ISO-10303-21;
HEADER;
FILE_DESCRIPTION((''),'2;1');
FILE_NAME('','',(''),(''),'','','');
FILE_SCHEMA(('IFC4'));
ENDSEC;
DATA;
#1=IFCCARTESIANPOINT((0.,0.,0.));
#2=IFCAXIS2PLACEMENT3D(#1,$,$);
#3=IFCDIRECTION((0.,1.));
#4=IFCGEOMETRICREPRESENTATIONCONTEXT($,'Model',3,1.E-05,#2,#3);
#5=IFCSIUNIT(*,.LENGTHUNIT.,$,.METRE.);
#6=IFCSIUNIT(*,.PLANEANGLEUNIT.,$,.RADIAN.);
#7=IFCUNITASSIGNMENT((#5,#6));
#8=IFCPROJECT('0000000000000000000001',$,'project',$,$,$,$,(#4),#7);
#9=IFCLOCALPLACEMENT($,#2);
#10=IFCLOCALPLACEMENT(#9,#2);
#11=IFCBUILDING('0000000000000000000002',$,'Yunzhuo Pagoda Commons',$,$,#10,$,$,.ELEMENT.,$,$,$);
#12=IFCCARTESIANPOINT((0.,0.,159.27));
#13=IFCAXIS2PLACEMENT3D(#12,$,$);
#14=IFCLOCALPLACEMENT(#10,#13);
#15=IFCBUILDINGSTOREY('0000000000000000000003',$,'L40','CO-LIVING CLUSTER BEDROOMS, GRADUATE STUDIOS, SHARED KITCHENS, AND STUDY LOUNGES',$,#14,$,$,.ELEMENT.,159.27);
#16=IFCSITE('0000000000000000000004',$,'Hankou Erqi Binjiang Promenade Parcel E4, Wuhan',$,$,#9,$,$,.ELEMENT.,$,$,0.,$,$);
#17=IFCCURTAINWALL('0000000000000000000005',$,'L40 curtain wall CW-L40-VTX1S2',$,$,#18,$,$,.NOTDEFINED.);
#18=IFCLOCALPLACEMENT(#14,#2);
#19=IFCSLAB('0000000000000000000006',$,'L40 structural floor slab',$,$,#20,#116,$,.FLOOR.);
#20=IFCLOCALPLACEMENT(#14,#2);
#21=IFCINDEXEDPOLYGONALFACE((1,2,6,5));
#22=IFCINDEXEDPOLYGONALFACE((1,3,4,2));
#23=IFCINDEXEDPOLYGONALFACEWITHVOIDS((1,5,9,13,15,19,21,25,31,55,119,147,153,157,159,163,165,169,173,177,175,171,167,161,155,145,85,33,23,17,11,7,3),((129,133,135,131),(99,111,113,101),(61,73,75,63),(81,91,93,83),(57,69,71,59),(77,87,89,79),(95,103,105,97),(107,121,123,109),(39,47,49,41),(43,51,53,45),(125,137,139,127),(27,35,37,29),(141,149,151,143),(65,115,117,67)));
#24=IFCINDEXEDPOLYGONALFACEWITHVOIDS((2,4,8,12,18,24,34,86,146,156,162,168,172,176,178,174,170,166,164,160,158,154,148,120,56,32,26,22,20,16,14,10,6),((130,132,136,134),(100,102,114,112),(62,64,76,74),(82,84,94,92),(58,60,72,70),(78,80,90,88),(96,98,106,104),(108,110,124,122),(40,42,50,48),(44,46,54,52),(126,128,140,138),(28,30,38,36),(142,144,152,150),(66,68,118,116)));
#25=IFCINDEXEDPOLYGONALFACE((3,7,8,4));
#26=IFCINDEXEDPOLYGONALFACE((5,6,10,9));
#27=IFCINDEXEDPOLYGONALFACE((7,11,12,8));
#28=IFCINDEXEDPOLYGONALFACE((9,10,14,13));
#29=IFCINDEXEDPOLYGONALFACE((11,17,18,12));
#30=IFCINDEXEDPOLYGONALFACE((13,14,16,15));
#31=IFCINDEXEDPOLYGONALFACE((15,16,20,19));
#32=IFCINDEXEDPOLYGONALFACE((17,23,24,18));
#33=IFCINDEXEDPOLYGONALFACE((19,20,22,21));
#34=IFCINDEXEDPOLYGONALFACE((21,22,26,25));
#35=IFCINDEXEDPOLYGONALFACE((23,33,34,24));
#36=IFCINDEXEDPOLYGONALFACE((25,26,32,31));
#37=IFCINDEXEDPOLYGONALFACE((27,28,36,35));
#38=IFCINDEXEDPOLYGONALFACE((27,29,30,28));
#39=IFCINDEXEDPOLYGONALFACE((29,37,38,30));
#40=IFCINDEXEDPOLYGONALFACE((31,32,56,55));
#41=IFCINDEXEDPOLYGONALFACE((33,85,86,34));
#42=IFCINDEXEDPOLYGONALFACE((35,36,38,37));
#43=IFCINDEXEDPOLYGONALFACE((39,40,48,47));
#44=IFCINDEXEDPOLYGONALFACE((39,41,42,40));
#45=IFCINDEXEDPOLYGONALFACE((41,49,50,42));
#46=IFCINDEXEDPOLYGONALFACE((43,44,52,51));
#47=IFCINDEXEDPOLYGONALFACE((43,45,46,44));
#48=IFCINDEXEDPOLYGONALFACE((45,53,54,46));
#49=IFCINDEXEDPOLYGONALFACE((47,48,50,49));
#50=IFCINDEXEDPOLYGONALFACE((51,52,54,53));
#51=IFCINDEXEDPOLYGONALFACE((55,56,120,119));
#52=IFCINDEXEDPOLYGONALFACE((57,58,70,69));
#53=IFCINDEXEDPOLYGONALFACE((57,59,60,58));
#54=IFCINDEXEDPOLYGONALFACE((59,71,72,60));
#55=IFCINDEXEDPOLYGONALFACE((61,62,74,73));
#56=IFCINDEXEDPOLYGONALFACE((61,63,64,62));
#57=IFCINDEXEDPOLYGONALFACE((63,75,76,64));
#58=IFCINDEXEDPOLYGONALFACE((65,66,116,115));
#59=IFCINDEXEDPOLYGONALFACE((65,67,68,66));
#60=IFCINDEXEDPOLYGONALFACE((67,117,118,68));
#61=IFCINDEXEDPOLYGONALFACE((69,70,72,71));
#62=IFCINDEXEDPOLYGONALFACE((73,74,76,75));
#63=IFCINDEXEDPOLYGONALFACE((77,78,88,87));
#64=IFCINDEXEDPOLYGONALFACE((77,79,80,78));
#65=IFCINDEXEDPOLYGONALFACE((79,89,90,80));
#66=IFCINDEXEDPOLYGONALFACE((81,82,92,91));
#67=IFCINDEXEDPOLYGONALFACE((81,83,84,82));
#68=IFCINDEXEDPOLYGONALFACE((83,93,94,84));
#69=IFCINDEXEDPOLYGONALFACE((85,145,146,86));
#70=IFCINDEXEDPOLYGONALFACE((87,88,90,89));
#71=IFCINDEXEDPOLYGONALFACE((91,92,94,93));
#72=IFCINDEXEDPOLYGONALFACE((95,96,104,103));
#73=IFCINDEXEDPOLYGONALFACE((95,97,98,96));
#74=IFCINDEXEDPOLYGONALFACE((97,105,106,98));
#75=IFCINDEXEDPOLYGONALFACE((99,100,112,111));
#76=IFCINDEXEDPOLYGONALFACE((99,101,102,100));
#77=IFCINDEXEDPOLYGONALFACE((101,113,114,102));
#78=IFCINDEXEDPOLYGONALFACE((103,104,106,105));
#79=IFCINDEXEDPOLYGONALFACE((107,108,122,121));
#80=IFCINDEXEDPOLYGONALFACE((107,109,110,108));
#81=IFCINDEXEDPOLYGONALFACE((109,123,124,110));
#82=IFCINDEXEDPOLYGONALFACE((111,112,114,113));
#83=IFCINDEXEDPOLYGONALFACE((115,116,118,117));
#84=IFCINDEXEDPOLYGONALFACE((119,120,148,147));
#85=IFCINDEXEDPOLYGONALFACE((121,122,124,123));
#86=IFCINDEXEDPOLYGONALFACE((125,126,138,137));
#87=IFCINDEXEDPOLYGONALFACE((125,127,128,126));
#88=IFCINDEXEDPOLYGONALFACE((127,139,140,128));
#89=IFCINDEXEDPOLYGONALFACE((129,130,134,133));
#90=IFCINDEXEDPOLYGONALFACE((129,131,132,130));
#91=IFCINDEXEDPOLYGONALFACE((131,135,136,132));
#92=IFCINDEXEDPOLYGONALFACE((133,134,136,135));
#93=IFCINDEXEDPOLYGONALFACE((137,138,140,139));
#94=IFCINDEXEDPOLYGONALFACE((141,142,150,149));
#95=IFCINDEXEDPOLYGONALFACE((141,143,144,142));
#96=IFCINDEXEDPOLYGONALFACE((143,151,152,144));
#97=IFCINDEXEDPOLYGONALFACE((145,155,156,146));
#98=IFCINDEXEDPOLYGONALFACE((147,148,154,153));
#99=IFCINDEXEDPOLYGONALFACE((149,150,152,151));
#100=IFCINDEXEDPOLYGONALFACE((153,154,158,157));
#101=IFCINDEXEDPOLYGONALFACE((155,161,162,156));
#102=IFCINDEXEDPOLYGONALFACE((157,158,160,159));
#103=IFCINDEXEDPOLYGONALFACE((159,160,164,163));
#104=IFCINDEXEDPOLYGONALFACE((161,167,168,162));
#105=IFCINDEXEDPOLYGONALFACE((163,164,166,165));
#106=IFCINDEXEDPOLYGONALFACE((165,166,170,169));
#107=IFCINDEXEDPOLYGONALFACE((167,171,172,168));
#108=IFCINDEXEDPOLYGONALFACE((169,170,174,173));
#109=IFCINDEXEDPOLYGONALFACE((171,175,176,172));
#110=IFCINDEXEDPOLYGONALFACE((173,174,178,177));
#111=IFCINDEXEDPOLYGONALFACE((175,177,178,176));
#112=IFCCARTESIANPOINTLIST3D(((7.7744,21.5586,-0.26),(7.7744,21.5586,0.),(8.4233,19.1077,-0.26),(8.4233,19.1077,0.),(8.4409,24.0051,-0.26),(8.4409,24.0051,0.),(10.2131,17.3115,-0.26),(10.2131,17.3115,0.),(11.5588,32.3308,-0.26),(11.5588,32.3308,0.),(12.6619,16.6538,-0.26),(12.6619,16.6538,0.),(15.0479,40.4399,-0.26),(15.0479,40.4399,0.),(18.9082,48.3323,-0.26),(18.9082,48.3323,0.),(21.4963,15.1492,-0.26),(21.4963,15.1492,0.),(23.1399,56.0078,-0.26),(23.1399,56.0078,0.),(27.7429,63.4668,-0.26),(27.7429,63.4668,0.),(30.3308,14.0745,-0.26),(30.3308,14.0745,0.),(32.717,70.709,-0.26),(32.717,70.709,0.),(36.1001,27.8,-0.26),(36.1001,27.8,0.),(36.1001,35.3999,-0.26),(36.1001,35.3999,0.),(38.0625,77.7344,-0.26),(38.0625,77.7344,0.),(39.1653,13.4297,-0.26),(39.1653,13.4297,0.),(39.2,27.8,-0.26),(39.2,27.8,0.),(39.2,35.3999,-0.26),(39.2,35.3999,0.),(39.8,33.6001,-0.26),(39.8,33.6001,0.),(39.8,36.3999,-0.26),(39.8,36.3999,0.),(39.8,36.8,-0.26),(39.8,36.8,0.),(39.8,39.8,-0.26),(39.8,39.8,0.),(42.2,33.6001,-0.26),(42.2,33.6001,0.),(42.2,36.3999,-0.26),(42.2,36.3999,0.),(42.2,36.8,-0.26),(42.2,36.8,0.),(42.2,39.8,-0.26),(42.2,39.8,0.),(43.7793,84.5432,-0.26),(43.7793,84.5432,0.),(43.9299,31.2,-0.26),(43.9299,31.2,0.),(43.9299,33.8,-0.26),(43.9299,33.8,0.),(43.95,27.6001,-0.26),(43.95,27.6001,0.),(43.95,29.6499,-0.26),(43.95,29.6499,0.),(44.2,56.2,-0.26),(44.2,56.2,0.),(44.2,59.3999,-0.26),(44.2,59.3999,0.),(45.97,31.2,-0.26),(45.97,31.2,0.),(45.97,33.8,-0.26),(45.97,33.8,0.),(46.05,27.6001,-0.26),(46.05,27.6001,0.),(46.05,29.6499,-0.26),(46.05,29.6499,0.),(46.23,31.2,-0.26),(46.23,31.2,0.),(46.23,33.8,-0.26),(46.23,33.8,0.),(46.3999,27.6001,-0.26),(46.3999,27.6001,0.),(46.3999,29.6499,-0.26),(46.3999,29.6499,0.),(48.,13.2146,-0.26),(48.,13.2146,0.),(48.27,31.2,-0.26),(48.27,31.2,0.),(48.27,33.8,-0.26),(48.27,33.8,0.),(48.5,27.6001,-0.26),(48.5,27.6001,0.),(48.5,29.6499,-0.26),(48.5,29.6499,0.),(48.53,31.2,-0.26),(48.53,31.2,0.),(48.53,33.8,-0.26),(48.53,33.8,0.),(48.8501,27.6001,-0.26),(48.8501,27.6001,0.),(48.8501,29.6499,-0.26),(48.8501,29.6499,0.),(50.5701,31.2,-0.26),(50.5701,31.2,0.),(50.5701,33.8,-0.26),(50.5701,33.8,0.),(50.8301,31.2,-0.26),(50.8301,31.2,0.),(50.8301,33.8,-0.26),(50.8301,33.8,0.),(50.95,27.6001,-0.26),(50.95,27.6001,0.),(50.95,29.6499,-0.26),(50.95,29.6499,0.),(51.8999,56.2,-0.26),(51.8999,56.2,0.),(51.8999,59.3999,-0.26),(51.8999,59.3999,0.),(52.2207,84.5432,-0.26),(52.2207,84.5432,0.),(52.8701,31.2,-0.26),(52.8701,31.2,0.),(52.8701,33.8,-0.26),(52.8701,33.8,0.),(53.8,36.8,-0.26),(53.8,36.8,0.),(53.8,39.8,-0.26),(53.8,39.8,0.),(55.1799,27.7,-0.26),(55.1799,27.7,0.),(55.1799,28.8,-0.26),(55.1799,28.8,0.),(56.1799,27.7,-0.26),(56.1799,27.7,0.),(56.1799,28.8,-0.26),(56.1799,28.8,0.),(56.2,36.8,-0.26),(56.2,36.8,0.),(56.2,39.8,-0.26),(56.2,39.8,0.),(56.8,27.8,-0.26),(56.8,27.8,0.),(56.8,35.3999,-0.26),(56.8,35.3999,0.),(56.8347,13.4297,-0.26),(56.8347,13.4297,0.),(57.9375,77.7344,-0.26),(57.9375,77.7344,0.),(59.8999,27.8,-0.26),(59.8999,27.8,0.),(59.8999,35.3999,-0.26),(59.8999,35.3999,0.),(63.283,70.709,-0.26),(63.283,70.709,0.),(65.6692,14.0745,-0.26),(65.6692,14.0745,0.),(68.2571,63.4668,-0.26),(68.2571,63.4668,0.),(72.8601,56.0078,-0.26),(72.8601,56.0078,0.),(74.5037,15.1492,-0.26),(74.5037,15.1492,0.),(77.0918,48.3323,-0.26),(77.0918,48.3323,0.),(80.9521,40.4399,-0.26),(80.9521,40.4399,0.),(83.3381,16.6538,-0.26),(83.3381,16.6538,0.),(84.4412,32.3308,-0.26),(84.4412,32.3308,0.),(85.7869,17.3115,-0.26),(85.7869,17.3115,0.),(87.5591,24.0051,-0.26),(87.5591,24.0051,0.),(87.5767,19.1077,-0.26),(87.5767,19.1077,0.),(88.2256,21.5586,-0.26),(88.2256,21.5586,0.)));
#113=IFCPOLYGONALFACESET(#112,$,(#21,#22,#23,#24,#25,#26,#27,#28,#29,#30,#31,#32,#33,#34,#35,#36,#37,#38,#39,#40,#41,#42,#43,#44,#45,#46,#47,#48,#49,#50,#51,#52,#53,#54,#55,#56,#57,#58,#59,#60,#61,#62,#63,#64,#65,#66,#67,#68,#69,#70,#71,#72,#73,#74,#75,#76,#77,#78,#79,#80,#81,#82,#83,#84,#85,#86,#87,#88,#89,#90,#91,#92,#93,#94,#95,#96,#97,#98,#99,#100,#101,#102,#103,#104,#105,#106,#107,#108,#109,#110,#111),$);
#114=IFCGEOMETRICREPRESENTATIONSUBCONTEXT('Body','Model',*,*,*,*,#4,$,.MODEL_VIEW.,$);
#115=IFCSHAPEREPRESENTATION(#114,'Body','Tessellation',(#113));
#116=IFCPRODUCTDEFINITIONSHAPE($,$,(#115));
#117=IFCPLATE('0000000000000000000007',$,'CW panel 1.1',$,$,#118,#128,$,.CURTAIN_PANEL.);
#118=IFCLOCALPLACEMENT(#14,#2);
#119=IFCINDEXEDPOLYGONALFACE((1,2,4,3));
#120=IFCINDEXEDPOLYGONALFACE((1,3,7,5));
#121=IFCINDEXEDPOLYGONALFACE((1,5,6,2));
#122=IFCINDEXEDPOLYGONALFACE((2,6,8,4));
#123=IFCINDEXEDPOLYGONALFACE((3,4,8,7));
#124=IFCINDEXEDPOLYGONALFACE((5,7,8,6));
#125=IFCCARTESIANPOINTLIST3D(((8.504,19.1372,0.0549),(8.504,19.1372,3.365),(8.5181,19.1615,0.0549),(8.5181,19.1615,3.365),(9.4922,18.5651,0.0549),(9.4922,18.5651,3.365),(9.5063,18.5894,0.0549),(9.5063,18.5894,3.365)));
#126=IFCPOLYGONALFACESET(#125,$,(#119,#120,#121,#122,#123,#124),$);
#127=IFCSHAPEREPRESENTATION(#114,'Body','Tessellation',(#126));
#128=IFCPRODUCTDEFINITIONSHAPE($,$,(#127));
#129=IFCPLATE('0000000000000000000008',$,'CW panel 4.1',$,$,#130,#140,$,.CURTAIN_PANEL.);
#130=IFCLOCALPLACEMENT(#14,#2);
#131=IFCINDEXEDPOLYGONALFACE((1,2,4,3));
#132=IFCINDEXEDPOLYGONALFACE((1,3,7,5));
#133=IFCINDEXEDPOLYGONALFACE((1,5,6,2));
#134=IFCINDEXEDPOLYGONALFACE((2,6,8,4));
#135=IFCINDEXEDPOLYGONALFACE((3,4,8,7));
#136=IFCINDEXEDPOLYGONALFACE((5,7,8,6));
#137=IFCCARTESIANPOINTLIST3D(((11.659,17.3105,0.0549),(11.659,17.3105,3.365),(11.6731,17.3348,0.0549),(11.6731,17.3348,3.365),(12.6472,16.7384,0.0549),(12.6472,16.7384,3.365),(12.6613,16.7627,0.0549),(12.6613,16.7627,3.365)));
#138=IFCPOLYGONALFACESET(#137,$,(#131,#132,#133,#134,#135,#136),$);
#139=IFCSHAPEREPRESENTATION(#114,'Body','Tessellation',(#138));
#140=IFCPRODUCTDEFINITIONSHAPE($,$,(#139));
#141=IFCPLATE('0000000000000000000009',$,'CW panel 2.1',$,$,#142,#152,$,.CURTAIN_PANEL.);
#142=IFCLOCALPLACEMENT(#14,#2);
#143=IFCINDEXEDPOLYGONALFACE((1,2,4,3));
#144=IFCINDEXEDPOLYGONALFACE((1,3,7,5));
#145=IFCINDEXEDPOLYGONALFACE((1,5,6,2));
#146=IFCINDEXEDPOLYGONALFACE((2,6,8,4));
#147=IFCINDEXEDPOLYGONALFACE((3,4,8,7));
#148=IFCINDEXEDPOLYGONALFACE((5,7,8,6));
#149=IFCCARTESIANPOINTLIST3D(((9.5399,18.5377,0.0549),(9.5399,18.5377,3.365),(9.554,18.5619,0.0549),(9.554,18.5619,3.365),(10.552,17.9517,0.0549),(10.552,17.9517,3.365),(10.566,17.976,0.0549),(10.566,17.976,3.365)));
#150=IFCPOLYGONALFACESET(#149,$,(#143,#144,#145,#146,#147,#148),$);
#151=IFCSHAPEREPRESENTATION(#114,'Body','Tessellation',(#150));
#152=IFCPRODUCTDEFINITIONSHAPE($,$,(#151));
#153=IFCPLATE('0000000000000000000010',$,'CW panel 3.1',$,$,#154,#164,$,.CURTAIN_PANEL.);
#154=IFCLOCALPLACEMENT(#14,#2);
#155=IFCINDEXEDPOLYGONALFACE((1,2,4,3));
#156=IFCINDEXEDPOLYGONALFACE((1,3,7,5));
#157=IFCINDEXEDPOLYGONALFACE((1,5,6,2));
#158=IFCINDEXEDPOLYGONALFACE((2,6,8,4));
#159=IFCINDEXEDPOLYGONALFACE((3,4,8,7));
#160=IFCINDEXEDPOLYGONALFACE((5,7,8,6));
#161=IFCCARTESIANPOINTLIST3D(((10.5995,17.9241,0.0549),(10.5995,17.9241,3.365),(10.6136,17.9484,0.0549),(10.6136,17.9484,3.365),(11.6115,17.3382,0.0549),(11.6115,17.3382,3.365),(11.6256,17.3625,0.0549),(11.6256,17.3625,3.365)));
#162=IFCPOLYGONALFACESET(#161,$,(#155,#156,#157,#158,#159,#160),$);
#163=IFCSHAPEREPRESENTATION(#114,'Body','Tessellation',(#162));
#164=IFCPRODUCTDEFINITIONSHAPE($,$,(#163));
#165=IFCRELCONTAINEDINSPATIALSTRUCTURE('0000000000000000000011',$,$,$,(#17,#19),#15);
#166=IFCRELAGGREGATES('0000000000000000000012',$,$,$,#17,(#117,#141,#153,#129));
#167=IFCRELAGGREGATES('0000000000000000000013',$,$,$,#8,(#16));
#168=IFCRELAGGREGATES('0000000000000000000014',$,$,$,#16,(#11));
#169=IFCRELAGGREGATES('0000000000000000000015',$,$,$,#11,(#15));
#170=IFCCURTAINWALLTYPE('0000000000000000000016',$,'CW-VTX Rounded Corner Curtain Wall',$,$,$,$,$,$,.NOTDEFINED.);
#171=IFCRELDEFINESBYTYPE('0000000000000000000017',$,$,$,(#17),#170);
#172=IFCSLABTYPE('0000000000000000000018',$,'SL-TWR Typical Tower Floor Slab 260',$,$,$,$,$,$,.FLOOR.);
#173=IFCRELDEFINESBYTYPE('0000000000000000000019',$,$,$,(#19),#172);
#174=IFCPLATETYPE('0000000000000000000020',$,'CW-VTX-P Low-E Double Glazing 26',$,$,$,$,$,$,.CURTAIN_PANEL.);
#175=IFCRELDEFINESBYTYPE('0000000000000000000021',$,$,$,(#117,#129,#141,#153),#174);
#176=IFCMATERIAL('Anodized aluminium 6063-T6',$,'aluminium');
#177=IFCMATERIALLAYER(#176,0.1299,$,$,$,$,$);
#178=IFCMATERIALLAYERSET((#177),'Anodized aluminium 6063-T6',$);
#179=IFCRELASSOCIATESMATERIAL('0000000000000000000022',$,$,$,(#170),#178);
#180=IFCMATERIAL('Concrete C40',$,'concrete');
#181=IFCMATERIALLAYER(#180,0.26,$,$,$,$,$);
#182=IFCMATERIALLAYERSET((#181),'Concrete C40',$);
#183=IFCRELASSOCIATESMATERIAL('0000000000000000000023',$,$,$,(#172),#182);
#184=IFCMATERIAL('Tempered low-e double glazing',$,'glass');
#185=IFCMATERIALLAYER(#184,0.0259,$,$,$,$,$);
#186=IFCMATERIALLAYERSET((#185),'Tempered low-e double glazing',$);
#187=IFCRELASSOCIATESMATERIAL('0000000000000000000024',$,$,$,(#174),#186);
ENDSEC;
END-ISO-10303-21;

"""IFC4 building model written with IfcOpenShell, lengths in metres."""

from ifc_helpers import new_model, si_unit, direction, frame, origin, origin_2d, place, context, subcontext, project, spatial, polyline, rectangle, outline, extrude, source, transform, mapped, material, layer, layer_set, type_object, element, aggregate, save


model = new_model("IFC4")

# Units and contexts
model_context = context("Model", 3, precision=1e-05, world=origin(), true_north=direction((0.0, 1.0)))
body_context = subcontext(model_context, "Body", "Model", "MODEL_VIEW")
ifc_project = project(units=[si_unit("LENGTHUNIT", "METRE"), si_unit("PLANEANGLEUNIT", "RADIAN")], contexts=[model_context])

# Site, building, storey
site_placement = place(None, origin())
site = spatial("IfcSite", under=ifc_project, at=site_placement, Name="Hankou Erqi Binjiang Promenade Parcel E4, Wuhan", CompositionType="ELEMENT", RefElevation=0.0)
building_placement = place(site_placement, origin())
building = spatial("IfcBuilding", under=site, at=building_placement, Name="Yunzhuo Pagoda Commons", CompositionType="ELEMENT")
storey_placement = place(building_placement, frame((0.0, 0.0, 159.27)))
storey = spatial("IfcBuildingStorey", under=building, at=storey_placement, Name="L40", Description="CO-LIVING CLUSTER BEDROOMS, GRADUATE STUDIOS, SHARED KITCHENS, AND STUDY LOUNGES", CompositionType="ELEMENT", Elevation=159.27)

# Curtain wall
ifc_material_1 = material(Name="Anodized aluminium 6063-T6", Category="aluminium")
ifc_layer_1 = layer(ifc_material_1, 0.1299)
ifc_layer_set_1 = layer_set([ifc_layer_1], Name="Anodized aluminium 6063-T6")
curtain_wall_type_1 = type_object("IfcCurtainWallType", Name="CW-VTX Rounded Corner Curtain Wall", PredefinedType="NOTDEFINED", material=ifc_layer_set_1)
curtain_wall_1_placement = place(storey_placement, origin())
curtain_wall_1 = element("IfcCurtainWall", 1, at=curtain_wall_1_placement, inside=storey, type_object=curtain_wall_type_1, Name="L40 curtain wall CW-L40-VTX1S2", PredefinedType="NOTDEFINED")

# Shared definitions
ifc_material_2 = material(Name="Concrete C40", Category="concrete")

# Slab
ifc_layer_2 = layer(ifc_material_2, 0.26)
ifc_layer_set_2 = layer_set([ifc_layer_2], Name="Concrete C40")
slab_type_1 = type_object("IfcSlabType", Name="SL-TWR Typical Tower Floor Slab 260", PredefinedType="FLOOR", material=ifc_layer_set_2)
slab_1_placement = place(storey_placement, frame((0.0, 0.0, -0.26)))
element("IfcSlab", 2, at=slab_1_placement, inside=storey, type_object=slab_type_1, Name="L40 structural floor slab", PredefinedType="FLOOR", context=body_context, shape_type="SweptSolid", body=[
    extrude(outline(polyline([(11.5588, 32.3308), (15.0479, 40.4399), (18.9082, 48.3323), (23.1399, 56.0078), (27.7429, 63.4668), (32.717, 70.709), (38.0625, 77.7344), (43.7793, 84.5432), (52.2207, 84.5432), (57.9375, 77.7344), (63.283, 70.709), (68.2571, 63.4668), (72.8601, 56.0078), (77.0918, 48.3323), (80.9521, 40.4399), (84.4412, 32.3308), (87.5591, 24.0051), (88.2256, 21.5586), (87.5767, 19.1077), (85.7869, 17.3115), (83.3381, 16.6538), (74.5037, 15.1492), (65.6692, 14.0745), (56.8347, 13.4297), (48.0, 13.2146), (39.1653, 13.4297), (30.3308, 14.0745), (21.4963, 15.1492), (12.6619, 16.6538), (10.2131, 17.3115), (8.4233, 19.1077), (7.7744, 21.5586), (8.4409, 24.0051), (11.5588, 32.3308)]), holes=[polyline([(46.05, 29.6499), (43.95, 29.6499), (43.95, 27.6001), (46.05, 27.6001), (46.05, 29.6499)]), polyline([(48.5, 27.6001), (48.5, 29.6499), (46.3999, 29.6499), (46.3999, 27.6001), (48.5, 27.6001)]), polyline([(36.1001, 27.8), (39.2, 27.8), (39.2, 35.3999), (36.1001, 35.3999), (36.1001, 27.8)]), polyline([(45.97, 31.2), (45.97, 33.8), (43.9299, 33.8), (43.9299, 31.2), (45.97, 31.2)]), polyline([(48.27, 31.2), (48.27, 33.8), (46.23, 33.8), (46.23, 31.2), (48.27, 31.2)]), polyline([(42.2, 33.6001), (42.2, 36.3999), (39.8, 36.3999), (39.8, 33.6001), (42.2, 33.6001)]), polyline([(42.2, 36.8), (42.2, 39.8), (39.8, 39.8), (39.8, 36.8), (42.2, 36.8)]), polyline([(56.1799, 28.8), (55.1799, 28.8), (55.1799, 27.7), (56.1799, 27.7), (56.1799, 28.8)]), polyline([(50.95, 27.6001), (50.95, 29.6499), (48.8501, 29.6499), (48.8501, 27.6001), (50.95, 27.6001)]), polyline([(56.8, 27.8), (59.8999, 27.8), (59.8999, 35.3999), (56.8, 35.3999), (56.8, 27.8)]), polyline([(50.5701, 31.2), (50.5701, 33.8), (48.53, 33.8), (48.53, 31.2), (50.5701, 31.2)]), polyline([(52.8701, 31.2), (52.8701, 33.8), (50.8301, 33.8), (50.8301, 31.2), (52.8701, 31.2)]), polyline([(56.2, 36.8), (56.2, 39.8), (53.8, 39.8), (53.8, 36.8), (56.2, 36.8)]), polyline([(51.8999, 56.2), (51.8999, 59.3999), (44.2, 59.3999), (44.2, 56.2), (51.8999, 56.2)])]), origin(), (0.0, 0.0, 1.0), 0.26),
])

# Plates
ifc_material_3 = material(Name="Tempered low-e double glazing", Category="glass")
ifc_layer_3 = layer(ifc_material_3, 0.0259)
ifc_layer_set_3 = layer_set([ifc_layer_3], Name="Tempered low-e double glazing")
plate_type = type_object("IfcPlateType", Name="CW-VTX-P Low-E Double Glazing 26", PredefinedType="CURTAIN_PANEL", material=ifc_layer_set_3)
shared_shape_1 = source(origin(), body_context, "Body", "SweptSolid", [
    extrude(rectangle(XDim=1.1418, YDim=0.0281, at=origin_2d()), origin(), (0.0, 0.0, 1.0), 3.3101),
])
plate_1_placement = place(storey_placement, frame((9.0051, 18.8633, 0.0549), z_axis=(0.0, 0.0, 1.0), x_axis=(0.865427, -0.501035, 0.0)))
plate_1 = element("IfcPlate", 3, at=plate_1_placement, type_object=plate_type, Name="CW panel 1.1", PredefinedType="CURTAIN_PANEL", context=body_context, shape_type="MappedRepresentation", body=[
    mapped(shared_shape_1, transform((0.0, 0.0, 0.0), scale=1.0)),
])
plate_2_placement = place(storey_placement, frame((12.1602, 17.0366, 0.0549), z_axis=(0.0, 0.0, 1.0), x_axis=(0.865427, -0.501035, 0.0)))
plate_2 = element("IfcPlate", 4, at=plate_2_placement, type_object=plate_type, Name="CW panel 4.1", PredefinedType="CURTAIN_PANEL", context=body_context, shape_type="MappedRepresentation", body=[
    mapped(shared_shape_1, transform((0.0, 0.0, 0.0), scale=1.0)),
])
shared_shape_2 = source(origin(), body_context, "Body", "SweptSolid", [
    extrude(rectangle(XDim=1.1694, YDim=0.0281, at=origin_2d()), origin(), (0.0, 0.0, 1.0), 3.3101),
])
plate_3_placement = place(storey_placement, frame((10.053, 18.2568, 0.0549), z_axis=(0.0, 0.0, 1.0), x_axis=(0.865427, -0.501035, 0.0)))
plate_3 = element("IfcPlate", 5, at=plate_3_placement, type_object=plate_type, Name="CW panel 2.1", PredefinedType="CURTAIN_PANEL", context=body_context, shape_type="MappedRepresentation", body=[
    mapped(shared_shape_2, transform((0.0, 0.0, 0.0), scale=1.0)),
])
plate_4_placement = place(storey_placement, frame((11.1125, 17.6433, 0.0549), z_axis=(0.0, 0.0, 1.0), x_axis=(0.865427, -0.501035, 0.0)))
plate_4 = element("IfcPlate", 6, at=plate_4_placement, type_object=plate_type, Name="CW panel 3.1", PredefinedType="CURTAIN_PANEL", context=body_context, shape_type="MappedRepresentation", body=[
    mapped(shared_shape_2, transform((0.0, 0.0, 0.0), scale=1.0)),
])
aggregate(curtain_wall_1, [plate_1, plate_3, plate_4, plate_2])

save(model, "model.ifc")
